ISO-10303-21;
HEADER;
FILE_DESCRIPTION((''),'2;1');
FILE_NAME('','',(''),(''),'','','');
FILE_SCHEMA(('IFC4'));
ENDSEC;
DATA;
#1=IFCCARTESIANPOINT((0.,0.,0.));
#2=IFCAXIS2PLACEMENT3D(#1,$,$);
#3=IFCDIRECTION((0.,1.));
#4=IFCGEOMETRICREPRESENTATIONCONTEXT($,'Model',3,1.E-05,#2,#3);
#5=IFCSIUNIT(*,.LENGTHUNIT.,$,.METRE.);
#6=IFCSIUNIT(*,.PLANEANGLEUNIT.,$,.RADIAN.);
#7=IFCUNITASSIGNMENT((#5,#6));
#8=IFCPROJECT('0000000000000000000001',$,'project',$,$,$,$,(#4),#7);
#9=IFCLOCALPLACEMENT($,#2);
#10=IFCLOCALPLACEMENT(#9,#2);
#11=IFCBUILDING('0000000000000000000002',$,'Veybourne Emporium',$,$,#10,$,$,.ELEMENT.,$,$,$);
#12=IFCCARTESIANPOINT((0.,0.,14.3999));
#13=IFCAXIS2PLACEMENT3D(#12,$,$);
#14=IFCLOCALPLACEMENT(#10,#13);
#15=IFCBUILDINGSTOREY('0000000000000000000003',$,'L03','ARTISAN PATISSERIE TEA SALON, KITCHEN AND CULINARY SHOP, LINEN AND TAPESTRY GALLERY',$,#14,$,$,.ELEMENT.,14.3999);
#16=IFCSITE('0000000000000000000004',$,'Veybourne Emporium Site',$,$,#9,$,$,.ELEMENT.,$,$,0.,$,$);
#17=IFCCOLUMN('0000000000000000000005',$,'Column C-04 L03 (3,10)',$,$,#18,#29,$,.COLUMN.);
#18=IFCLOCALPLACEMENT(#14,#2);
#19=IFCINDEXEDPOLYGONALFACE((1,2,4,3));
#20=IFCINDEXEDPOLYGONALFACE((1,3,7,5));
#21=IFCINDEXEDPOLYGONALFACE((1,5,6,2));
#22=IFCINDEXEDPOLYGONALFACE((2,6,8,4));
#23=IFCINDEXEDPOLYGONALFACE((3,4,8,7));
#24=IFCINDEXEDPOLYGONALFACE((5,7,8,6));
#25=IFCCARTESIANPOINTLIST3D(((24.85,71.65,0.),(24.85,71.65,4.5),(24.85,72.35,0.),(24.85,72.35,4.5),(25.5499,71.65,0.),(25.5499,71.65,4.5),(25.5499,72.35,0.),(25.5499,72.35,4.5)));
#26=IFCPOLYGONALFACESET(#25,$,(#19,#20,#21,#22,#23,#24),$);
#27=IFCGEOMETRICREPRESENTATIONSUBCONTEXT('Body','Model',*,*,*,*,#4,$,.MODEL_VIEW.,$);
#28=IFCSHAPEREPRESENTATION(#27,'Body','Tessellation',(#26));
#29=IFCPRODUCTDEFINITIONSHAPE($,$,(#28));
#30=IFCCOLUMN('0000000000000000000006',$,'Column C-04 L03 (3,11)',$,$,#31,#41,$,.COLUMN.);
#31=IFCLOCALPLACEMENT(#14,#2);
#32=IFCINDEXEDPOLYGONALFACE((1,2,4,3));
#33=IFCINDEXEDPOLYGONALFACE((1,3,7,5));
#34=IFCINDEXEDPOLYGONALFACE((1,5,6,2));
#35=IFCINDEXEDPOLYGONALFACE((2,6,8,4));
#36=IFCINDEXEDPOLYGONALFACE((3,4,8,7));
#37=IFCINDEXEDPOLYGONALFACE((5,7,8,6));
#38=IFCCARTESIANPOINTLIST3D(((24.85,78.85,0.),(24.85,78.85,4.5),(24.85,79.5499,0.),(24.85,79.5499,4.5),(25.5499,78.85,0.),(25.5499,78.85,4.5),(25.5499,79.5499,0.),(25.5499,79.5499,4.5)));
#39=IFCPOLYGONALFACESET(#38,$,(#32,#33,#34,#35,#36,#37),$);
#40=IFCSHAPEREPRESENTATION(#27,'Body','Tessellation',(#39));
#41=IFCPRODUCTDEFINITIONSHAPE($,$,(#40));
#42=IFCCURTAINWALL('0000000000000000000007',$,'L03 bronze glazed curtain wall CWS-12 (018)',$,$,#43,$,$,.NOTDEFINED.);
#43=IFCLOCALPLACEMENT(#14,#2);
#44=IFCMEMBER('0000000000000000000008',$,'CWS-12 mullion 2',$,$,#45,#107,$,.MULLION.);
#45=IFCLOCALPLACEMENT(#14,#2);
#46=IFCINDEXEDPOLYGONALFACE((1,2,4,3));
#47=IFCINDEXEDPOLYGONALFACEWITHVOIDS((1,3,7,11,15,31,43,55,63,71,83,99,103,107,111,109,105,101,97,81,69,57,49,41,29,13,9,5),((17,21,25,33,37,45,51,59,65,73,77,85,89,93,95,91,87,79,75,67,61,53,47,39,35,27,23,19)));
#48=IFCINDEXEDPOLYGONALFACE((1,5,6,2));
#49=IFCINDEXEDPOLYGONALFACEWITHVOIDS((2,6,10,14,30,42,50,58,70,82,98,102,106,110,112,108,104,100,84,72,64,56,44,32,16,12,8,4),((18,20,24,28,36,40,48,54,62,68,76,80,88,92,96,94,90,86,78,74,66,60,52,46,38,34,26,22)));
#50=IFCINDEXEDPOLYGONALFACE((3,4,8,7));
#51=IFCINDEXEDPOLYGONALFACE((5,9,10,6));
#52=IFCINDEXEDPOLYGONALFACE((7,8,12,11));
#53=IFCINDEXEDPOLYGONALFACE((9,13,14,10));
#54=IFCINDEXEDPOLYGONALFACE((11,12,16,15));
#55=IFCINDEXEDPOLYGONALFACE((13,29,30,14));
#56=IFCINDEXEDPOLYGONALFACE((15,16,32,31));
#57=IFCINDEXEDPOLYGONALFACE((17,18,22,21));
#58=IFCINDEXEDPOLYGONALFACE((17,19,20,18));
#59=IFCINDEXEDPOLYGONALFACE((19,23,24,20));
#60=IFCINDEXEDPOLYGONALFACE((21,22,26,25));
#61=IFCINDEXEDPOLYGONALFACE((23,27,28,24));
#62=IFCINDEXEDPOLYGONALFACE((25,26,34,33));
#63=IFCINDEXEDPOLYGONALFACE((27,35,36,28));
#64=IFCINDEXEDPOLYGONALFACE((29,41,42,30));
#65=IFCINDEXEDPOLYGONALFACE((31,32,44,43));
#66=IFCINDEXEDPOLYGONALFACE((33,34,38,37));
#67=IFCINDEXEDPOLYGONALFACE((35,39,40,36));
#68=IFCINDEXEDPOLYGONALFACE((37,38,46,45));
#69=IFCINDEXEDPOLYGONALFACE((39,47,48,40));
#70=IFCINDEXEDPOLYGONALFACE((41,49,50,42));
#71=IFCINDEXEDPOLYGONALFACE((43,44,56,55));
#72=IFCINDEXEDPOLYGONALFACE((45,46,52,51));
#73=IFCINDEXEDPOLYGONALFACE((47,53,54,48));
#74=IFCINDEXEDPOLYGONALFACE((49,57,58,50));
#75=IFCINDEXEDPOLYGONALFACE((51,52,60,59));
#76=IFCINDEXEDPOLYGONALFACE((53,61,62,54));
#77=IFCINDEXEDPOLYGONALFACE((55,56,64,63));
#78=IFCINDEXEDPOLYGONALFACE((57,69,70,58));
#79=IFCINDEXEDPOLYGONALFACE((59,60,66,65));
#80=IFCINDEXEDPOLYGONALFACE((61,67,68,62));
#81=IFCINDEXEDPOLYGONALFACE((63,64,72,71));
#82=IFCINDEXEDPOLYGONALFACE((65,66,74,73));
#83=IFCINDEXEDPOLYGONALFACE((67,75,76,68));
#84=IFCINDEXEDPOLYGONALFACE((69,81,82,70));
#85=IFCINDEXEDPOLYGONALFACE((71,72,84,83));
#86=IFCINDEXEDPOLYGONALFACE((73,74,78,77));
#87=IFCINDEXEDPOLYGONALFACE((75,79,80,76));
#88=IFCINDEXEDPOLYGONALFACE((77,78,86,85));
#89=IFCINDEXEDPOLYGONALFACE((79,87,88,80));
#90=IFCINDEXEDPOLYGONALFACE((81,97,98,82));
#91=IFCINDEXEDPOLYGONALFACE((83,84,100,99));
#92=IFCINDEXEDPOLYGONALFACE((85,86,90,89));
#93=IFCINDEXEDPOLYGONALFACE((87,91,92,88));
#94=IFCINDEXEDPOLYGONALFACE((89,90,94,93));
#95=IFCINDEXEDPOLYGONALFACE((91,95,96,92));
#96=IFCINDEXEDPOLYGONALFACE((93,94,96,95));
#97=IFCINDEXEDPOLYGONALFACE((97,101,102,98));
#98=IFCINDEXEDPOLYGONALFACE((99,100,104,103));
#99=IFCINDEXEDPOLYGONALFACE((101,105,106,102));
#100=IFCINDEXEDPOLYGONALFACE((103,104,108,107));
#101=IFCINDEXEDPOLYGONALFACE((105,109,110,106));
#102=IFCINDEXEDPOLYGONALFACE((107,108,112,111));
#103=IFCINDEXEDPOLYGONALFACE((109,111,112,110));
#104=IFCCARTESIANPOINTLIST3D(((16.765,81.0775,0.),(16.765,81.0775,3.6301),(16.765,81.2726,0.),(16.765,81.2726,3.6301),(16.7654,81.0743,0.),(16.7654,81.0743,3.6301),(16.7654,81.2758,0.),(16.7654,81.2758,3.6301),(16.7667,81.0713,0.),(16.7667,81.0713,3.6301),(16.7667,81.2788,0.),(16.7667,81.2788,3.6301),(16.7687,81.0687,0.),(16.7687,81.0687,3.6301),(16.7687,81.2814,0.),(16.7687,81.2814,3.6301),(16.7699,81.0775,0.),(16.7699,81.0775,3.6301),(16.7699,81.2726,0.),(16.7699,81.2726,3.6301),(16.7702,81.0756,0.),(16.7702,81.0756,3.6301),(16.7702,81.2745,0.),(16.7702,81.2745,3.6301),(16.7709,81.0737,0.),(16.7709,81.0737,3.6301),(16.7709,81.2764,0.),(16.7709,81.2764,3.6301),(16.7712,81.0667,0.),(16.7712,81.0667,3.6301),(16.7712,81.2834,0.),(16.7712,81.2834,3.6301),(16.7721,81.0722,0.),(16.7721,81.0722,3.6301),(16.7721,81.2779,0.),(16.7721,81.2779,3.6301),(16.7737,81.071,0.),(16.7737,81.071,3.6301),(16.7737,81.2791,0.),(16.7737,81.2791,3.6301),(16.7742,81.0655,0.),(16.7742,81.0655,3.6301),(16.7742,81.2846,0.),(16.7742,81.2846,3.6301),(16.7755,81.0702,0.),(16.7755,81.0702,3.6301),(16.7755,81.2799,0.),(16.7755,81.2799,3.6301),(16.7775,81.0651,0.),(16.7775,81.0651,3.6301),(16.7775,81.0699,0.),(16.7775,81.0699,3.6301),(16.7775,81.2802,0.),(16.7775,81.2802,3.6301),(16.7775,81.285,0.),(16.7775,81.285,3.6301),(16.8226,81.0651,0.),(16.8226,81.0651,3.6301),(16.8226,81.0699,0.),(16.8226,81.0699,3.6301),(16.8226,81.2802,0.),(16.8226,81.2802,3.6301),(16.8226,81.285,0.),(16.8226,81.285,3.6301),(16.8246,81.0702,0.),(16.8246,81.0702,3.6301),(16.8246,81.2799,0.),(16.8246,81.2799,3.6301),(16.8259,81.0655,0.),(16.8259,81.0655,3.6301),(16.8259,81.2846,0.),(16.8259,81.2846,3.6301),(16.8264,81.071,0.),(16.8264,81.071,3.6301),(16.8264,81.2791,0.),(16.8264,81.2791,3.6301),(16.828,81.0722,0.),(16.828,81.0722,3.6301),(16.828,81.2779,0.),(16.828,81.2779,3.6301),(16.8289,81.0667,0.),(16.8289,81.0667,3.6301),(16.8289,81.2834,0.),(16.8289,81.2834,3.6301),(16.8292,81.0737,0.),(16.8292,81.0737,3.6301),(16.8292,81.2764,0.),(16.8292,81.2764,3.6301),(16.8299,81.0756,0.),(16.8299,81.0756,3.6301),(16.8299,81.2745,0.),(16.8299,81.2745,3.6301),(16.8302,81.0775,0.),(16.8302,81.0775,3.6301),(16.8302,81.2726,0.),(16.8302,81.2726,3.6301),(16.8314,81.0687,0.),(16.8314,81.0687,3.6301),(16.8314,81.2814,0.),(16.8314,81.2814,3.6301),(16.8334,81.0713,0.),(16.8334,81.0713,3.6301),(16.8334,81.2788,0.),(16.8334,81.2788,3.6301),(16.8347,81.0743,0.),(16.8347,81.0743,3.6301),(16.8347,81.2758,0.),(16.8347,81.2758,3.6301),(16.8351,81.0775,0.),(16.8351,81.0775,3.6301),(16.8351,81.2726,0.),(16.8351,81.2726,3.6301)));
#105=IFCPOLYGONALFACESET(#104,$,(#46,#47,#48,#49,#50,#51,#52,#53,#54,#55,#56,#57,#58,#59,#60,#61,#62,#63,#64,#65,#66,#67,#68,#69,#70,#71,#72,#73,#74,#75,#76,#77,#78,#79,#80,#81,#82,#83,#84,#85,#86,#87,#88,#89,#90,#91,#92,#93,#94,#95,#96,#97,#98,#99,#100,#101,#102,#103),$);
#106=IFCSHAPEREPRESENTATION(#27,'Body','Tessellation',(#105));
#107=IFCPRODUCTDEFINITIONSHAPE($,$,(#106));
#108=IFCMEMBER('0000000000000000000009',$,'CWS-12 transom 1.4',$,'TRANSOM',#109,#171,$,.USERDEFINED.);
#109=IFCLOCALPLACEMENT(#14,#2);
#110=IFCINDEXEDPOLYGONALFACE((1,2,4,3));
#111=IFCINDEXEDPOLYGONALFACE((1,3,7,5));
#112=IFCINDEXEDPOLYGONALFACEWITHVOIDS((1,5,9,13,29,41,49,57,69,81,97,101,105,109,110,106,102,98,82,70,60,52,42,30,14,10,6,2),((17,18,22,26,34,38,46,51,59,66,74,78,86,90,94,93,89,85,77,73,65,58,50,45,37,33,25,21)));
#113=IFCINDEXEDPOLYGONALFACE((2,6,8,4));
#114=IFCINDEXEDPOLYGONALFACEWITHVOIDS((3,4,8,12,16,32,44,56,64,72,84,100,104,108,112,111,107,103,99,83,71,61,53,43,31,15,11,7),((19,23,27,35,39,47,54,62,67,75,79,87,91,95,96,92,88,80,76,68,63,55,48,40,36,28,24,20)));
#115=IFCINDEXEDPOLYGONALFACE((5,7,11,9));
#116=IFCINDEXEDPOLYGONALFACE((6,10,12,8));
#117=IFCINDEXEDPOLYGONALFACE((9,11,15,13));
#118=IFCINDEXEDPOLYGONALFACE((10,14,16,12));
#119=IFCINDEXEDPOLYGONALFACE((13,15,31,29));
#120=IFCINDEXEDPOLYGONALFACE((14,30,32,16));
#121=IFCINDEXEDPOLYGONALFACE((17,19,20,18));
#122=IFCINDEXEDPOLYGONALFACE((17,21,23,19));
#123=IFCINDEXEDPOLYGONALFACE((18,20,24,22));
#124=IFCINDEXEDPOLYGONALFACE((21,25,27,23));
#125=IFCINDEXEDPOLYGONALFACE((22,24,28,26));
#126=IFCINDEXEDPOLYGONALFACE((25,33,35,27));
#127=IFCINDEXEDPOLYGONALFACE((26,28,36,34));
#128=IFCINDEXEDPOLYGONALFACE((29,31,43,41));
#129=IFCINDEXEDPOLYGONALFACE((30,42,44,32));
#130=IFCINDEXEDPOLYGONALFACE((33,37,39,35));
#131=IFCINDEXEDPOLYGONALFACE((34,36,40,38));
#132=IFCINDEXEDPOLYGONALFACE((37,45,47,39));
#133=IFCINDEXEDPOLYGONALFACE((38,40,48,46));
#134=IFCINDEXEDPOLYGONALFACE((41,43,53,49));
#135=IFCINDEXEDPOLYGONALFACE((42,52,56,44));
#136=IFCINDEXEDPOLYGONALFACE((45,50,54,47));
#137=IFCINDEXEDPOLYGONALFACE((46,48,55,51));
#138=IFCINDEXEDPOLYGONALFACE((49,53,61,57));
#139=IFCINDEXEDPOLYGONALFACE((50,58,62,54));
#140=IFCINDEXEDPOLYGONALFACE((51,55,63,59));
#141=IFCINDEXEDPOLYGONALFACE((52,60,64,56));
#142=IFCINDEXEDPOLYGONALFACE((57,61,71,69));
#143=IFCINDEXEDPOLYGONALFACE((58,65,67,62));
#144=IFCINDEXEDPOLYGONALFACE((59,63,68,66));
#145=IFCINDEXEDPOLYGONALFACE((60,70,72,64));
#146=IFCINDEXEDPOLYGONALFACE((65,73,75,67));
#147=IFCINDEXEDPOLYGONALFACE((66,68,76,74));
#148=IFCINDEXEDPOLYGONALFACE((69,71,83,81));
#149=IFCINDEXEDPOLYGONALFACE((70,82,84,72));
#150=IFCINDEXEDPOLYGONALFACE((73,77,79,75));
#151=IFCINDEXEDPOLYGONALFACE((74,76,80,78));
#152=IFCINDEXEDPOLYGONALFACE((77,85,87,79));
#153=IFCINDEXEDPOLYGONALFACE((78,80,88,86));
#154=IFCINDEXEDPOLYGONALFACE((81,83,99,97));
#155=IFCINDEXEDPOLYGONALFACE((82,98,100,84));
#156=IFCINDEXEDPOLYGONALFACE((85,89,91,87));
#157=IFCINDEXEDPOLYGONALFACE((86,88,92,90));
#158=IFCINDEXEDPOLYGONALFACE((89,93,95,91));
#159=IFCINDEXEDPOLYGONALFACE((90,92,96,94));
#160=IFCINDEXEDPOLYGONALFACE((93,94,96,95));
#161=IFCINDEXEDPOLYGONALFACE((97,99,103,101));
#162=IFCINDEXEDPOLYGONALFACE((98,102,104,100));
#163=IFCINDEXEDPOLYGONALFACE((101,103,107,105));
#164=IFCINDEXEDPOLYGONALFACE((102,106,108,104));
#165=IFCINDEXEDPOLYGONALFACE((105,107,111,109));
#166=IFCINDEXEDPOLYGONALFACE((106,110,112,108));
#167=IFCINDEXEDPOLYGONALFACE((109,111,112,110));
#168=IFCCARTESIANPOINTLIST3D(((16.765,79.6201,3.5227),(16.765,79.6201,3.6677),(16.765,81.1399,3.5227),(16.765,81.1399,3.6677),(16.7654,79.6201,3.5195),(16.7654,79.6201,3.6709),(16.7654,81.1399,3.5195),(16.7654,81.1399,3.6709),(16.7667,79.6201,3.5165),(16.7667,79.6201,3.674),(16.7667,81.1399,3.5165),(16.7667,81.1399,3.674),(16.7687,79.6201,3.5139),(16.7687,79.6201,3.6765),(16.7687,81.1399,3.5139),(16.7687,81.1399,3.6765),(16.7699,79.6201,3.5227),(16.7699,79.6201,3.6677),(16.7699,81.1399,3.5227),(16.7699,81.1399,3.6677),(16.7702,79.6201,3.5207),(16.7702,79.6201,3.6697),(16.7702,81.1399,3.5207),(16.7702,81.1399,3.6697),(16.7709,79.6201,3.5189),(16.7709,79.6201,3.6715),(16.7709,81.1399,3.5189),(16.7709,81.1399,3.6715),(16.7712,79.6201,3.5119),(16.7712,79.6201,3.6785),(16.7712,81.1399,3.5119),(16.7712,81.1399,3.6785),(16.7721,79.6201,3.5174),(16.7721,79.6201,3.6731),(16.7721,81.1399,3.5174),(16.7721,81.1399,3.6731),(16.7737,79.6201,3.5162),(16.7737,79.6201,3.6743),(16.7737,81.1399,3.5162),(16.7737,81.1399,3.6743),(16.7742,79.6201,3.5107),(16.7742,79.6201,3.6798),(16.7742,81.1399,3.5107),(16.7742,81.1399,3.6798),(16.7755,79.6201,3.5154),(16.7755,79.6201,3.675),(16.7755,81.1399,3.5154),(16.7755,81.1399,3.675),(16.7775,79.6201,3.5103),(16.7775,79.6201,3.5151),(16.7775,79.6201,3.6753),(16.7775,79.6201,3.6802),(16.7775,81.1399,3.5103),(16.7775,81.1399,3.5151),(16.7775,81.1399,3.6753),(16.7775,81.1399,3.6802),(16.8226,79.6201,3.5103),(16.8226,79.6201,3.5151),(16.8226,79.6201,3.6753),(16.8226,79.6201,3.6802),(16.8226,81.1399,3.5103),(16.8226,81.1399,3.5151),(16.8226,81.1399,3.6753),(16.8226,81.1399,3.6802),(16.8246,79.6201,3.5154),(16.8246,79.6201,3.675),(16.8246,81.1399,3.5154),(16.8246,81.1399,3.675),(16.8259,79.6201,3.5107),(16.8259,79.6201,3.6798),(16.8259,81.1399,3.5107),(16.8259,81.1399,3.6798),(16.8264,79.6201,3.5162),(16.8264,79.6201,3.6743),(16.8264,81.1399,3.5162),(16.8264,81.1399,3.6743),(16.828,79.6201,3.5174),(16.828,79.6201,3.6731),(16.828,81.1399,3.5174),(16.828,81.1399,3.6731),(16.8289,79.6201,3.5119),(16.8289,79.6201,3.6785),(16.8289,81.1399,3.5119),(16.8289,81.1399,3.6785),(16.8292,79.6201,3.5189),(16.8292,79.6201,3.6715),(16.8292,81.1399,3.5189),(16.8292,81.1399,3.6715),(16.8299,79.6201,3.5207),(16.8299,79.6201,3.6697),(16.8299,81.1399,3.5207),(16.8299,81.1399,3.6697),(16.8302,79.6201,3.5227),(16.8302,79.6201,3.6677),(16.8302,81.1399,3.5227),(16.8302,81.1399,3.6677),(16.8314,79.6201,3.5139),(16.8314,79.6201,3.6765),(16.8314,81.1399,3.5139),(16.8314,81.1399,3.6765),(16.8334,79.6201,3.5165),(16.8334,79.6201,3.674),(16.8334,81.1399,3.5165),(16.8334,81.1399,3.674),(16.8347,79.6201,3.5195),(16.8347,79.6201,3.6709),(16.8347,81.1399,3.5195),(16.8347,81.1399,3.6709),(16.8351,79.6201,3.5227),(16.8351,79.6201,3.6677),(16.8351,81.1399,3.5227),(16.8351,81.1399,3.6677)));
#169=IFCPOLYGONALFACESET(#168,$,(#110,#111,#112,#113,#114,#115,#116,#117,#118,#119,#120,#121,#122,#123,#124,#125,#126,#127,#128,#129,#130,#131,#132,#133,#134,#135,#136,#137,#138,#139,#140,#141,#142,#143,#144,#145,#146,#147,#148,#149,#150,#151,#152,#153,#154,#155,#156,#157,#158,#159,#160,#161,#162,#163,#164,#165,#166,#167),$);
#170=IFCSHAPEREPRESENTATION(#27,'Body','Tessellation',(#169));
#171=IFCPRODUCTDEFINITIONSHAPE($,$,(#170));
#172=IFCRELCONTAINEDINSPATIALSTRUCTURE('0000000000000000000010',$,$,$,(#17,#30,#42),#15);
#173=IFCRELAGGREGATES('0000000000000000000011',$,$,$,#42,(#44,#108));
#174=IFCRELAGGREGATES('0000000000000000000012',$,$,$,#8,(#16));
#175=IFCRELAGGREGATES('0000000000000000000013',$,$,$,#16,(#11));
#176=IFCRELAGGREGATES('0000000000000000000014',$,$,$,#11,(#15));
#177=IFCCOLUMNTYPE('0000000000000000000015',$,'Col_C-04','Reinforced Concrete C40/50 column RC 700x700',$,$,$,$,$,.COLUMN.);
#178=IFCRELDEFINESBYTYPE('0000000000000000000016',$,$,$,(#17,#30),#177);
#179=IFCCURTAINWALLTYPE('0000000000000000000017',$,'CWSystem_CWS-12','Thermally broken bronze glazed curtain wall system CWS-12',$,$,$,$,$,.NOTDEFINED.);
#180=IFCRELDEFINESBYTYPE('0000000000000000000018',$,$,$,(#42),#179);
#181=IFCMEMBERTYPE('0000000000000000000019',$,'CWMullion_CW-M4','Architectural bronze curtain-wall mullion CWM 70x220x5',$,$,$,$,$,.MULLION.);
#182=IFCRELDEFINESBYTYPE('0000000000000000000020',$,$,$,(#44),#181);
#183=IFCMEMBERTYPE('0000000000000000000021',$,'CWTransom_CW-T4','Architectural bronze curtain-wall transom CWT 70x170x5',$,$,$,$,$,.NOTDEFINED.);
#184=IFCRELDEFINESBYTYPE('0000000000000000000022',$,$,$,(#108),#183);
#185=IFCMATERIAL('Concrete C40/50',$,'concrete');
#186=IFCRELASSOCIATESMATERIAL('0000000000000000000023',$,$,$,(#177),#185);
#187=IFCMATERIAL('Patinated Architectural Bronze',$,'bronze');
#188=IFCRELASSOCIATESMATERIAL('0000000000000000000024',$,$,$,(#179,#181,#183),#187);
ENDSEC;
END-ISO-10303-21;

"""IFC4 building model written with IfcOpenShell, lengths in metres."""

from ifc_helpers import new_model, si_unit, direction, frame, origin, origin_2d, place, context, subcontext, project, spatial, rectangle, hollow_rectangle, extrude, material, material_profile, profile_set, type_object, element, aggregate, save


model = new_model("IFC4")

# Units and contexts
model_context = context("Model", 3, precision=1e-05, world=origin(), true_north=direction((0.0, 1.0)))
body_context = subcontext(model_context, "Body", "Model", "MODEL_VIEW")
ifc_project = project(units=[si_unit("LENGTHUNIT", "METRE"), si_unit("PLANEANGLEUNIT", "RADIAN")], contexts=[model_context])

# Site, building, storey
site_placement = place(None, origin())
site = spatial("IfcSite", under=ifc_project, at=site_placement, Name="Veybourne Emporium Site", CompositionType="ELEMENT", RefElevation=0.0)
building_placement = place(site_placement, origin())
building = spatial("IfcBuilding", under=site, at=building_placement, Name="Veybourne Emporium", CompositionType="ELEMENT")
storey_placement = place(building_placement, frame((0.0, 0.0, 14.3999)))
storey = spatial("IfcBuildingStorey", under=building, at=storey_placement, Name="L03", Description="ARTISAN PATISSERIE TEA SALON, KITCHEN AND CULINARY SHOP, LINEN AND TAPESTRY GALLERY", CompositionType="ELEMENT", Elevation=14.3999)

# Columns
ifc_material_1 = material(Name="Concrete C40/50", Category="concrete")
ifc_material_profile_1 = material_profile(ifc_material_1, rectangle(XDim=0.7, YDim=0.7, at=origin_2d()), Name="RC 700x700")
ifc_profile_set_1 = profile_set([ifc_material_profile_1], Name="Concrete C40/50")
column_type = type_object("IfcColumnType", Name="Col_C-04", Description="Reinforced Concrete C40/50 column RC 700x700", PredefinedType="COLUMN", material=ifc_profile_set_1)
for number, where, z_axis, x_axis, name in (
    (1, (25.2, 72.0, 0.0), (0.0, 0.0, 1.0), (1.0, 0.0, 0.0), "Column C-04 L03 (3,10)"),
    (2, (25.2, 79.2, 0.0), (0.0, 0.0, 1.0), (1.0, 0.0, 0.0), "Column C-04 L03 (3,11)"),
):
    element("IfcColumn", number, at=place(storey_placement, frame(where, z_axis=z_axis, x_axis=x_axis)), inside=storey, type_object=column_type, Name=name, PredefinedType="COLUMN", context=body_context, shape_type="SweptSolid", body=[
        extrude(rectangle(XDim=0.7, YDim=0.7, at=origin_2d()), origin(), (0.0, 0.0, 1.0), 4.5),
    ])

# Curtain wall, members
ifc_material_2 = material(Name="Patinated Architectural Bronze", Category="bronze")
curtain_wall_type = type_object("IfcCurtainWallType", Name="CWSystem_CWS-12", Description="Thermally broken bronze glazed curtain wall system CWS-12", PredefinedType="NOTDEFINED", material=ifc_material_2)
curtain_wall_placement = place(storey_placement, origin())
curtain_wall = element("IfcCurtainWall", 3, at=curtain_wall_placement, inside=storey, type_object=curtain_wall_type, Name="L03 bronze glazed curtain wall CWS-12 (018)", PredefinedType="NOTDEFINED")
ifc_material_profile_2 = material_profile(ifc_material_2, hollow_rectangle(XDim=0.0701, YDim=0.22, WallThickness=0.0049, InnerFilletRadius=0.0076, OuterFilletRadius=0.0125, at=origin_2d()), Name="CWM 70x220x5")
ifc_profile_set_2 = profile_set([ifc_material_profile_2], Name="Patinated Architectural Bronze")
member_type_1 = type_object("IfcMemberType", Name="CWMullion_CW-M4", Description="Architectural bronze curtain-wall mullion CWM 70x220x5", PredefinedType="MULLION", material=ifc_profile_set_2)
member_1_placement = place(storey_placement, frame((16.8, 81.175, 0.0), z_axis=(0.0, 0.0, 1.0), x_axis=(-1.0, 0.0, 0.0)))
member_1 = element("IfcMember", 4, at=member_1_placement, type_object=member_type_1, Name="CWS-12 mullion 2", PredefinedType="MULLION", context=body_context, shape_type="SweptSolid", body=[
    extrude(hollow_rectangle(XDim=0.0701, YDim=0.22, WallThickness=0.0049, InnerFilletRadius=0.0076, OuterFilletRadius=0.0125, at=origin_2d()), origin(), (0.0, 0.0, 1.0), 3.6301),
])
ifc_material_profile_3 = material_profile(ifc_material_2, hollow_rectangle(XDim=0.0701, YDim=0.1699, WallThickness=0.0049, InnerFilletRadius=0.0076, OuterFilletRadius=0.0125, at=origin_2d()), Name="CWT 70x170x5")
ifc_profile_set_3 = profile_set([ifc_material_profile_3], Name="Patinated Architectural Bronze")
member_type_2 = type_object("IfcMemberType", Name="CWTransom_CW-T4", Description="Architectural bronze curtain-wall transom CWT 70x170x5", PredefinedType="NOTDEFINED", material=ifc_profile_set_3)
member_2_placement = place(storey_placement, frame((16.8, 79.6201, 3.5952), z_axis=(0.0, 1.0, 0.0), x_axis=(-1.0, 0.0, 0.0)))
member_2 = element("IfcMember", 5, at=member_2_placement, type_object=member_type_2, Name="CWS-12 transom 1.4", ObjectType="TRANSOM", PredefinedType="USERDEFINED", context=body_context, shape_type="SweptSolid", body=[
    extrude(hollow_rectangle(XDim=0.0701, YDim=0.1699, WallThickness=0.0049, InnerFilletRadius=0.0076, OuterFilletRadius=0.0125, at=origin_2d()), origin(), (0.0, 0.0, 1.0), 1.5198),
])

aggregate(curtain_wall, [member_1, member_2])

save(model, "model.ifc")
